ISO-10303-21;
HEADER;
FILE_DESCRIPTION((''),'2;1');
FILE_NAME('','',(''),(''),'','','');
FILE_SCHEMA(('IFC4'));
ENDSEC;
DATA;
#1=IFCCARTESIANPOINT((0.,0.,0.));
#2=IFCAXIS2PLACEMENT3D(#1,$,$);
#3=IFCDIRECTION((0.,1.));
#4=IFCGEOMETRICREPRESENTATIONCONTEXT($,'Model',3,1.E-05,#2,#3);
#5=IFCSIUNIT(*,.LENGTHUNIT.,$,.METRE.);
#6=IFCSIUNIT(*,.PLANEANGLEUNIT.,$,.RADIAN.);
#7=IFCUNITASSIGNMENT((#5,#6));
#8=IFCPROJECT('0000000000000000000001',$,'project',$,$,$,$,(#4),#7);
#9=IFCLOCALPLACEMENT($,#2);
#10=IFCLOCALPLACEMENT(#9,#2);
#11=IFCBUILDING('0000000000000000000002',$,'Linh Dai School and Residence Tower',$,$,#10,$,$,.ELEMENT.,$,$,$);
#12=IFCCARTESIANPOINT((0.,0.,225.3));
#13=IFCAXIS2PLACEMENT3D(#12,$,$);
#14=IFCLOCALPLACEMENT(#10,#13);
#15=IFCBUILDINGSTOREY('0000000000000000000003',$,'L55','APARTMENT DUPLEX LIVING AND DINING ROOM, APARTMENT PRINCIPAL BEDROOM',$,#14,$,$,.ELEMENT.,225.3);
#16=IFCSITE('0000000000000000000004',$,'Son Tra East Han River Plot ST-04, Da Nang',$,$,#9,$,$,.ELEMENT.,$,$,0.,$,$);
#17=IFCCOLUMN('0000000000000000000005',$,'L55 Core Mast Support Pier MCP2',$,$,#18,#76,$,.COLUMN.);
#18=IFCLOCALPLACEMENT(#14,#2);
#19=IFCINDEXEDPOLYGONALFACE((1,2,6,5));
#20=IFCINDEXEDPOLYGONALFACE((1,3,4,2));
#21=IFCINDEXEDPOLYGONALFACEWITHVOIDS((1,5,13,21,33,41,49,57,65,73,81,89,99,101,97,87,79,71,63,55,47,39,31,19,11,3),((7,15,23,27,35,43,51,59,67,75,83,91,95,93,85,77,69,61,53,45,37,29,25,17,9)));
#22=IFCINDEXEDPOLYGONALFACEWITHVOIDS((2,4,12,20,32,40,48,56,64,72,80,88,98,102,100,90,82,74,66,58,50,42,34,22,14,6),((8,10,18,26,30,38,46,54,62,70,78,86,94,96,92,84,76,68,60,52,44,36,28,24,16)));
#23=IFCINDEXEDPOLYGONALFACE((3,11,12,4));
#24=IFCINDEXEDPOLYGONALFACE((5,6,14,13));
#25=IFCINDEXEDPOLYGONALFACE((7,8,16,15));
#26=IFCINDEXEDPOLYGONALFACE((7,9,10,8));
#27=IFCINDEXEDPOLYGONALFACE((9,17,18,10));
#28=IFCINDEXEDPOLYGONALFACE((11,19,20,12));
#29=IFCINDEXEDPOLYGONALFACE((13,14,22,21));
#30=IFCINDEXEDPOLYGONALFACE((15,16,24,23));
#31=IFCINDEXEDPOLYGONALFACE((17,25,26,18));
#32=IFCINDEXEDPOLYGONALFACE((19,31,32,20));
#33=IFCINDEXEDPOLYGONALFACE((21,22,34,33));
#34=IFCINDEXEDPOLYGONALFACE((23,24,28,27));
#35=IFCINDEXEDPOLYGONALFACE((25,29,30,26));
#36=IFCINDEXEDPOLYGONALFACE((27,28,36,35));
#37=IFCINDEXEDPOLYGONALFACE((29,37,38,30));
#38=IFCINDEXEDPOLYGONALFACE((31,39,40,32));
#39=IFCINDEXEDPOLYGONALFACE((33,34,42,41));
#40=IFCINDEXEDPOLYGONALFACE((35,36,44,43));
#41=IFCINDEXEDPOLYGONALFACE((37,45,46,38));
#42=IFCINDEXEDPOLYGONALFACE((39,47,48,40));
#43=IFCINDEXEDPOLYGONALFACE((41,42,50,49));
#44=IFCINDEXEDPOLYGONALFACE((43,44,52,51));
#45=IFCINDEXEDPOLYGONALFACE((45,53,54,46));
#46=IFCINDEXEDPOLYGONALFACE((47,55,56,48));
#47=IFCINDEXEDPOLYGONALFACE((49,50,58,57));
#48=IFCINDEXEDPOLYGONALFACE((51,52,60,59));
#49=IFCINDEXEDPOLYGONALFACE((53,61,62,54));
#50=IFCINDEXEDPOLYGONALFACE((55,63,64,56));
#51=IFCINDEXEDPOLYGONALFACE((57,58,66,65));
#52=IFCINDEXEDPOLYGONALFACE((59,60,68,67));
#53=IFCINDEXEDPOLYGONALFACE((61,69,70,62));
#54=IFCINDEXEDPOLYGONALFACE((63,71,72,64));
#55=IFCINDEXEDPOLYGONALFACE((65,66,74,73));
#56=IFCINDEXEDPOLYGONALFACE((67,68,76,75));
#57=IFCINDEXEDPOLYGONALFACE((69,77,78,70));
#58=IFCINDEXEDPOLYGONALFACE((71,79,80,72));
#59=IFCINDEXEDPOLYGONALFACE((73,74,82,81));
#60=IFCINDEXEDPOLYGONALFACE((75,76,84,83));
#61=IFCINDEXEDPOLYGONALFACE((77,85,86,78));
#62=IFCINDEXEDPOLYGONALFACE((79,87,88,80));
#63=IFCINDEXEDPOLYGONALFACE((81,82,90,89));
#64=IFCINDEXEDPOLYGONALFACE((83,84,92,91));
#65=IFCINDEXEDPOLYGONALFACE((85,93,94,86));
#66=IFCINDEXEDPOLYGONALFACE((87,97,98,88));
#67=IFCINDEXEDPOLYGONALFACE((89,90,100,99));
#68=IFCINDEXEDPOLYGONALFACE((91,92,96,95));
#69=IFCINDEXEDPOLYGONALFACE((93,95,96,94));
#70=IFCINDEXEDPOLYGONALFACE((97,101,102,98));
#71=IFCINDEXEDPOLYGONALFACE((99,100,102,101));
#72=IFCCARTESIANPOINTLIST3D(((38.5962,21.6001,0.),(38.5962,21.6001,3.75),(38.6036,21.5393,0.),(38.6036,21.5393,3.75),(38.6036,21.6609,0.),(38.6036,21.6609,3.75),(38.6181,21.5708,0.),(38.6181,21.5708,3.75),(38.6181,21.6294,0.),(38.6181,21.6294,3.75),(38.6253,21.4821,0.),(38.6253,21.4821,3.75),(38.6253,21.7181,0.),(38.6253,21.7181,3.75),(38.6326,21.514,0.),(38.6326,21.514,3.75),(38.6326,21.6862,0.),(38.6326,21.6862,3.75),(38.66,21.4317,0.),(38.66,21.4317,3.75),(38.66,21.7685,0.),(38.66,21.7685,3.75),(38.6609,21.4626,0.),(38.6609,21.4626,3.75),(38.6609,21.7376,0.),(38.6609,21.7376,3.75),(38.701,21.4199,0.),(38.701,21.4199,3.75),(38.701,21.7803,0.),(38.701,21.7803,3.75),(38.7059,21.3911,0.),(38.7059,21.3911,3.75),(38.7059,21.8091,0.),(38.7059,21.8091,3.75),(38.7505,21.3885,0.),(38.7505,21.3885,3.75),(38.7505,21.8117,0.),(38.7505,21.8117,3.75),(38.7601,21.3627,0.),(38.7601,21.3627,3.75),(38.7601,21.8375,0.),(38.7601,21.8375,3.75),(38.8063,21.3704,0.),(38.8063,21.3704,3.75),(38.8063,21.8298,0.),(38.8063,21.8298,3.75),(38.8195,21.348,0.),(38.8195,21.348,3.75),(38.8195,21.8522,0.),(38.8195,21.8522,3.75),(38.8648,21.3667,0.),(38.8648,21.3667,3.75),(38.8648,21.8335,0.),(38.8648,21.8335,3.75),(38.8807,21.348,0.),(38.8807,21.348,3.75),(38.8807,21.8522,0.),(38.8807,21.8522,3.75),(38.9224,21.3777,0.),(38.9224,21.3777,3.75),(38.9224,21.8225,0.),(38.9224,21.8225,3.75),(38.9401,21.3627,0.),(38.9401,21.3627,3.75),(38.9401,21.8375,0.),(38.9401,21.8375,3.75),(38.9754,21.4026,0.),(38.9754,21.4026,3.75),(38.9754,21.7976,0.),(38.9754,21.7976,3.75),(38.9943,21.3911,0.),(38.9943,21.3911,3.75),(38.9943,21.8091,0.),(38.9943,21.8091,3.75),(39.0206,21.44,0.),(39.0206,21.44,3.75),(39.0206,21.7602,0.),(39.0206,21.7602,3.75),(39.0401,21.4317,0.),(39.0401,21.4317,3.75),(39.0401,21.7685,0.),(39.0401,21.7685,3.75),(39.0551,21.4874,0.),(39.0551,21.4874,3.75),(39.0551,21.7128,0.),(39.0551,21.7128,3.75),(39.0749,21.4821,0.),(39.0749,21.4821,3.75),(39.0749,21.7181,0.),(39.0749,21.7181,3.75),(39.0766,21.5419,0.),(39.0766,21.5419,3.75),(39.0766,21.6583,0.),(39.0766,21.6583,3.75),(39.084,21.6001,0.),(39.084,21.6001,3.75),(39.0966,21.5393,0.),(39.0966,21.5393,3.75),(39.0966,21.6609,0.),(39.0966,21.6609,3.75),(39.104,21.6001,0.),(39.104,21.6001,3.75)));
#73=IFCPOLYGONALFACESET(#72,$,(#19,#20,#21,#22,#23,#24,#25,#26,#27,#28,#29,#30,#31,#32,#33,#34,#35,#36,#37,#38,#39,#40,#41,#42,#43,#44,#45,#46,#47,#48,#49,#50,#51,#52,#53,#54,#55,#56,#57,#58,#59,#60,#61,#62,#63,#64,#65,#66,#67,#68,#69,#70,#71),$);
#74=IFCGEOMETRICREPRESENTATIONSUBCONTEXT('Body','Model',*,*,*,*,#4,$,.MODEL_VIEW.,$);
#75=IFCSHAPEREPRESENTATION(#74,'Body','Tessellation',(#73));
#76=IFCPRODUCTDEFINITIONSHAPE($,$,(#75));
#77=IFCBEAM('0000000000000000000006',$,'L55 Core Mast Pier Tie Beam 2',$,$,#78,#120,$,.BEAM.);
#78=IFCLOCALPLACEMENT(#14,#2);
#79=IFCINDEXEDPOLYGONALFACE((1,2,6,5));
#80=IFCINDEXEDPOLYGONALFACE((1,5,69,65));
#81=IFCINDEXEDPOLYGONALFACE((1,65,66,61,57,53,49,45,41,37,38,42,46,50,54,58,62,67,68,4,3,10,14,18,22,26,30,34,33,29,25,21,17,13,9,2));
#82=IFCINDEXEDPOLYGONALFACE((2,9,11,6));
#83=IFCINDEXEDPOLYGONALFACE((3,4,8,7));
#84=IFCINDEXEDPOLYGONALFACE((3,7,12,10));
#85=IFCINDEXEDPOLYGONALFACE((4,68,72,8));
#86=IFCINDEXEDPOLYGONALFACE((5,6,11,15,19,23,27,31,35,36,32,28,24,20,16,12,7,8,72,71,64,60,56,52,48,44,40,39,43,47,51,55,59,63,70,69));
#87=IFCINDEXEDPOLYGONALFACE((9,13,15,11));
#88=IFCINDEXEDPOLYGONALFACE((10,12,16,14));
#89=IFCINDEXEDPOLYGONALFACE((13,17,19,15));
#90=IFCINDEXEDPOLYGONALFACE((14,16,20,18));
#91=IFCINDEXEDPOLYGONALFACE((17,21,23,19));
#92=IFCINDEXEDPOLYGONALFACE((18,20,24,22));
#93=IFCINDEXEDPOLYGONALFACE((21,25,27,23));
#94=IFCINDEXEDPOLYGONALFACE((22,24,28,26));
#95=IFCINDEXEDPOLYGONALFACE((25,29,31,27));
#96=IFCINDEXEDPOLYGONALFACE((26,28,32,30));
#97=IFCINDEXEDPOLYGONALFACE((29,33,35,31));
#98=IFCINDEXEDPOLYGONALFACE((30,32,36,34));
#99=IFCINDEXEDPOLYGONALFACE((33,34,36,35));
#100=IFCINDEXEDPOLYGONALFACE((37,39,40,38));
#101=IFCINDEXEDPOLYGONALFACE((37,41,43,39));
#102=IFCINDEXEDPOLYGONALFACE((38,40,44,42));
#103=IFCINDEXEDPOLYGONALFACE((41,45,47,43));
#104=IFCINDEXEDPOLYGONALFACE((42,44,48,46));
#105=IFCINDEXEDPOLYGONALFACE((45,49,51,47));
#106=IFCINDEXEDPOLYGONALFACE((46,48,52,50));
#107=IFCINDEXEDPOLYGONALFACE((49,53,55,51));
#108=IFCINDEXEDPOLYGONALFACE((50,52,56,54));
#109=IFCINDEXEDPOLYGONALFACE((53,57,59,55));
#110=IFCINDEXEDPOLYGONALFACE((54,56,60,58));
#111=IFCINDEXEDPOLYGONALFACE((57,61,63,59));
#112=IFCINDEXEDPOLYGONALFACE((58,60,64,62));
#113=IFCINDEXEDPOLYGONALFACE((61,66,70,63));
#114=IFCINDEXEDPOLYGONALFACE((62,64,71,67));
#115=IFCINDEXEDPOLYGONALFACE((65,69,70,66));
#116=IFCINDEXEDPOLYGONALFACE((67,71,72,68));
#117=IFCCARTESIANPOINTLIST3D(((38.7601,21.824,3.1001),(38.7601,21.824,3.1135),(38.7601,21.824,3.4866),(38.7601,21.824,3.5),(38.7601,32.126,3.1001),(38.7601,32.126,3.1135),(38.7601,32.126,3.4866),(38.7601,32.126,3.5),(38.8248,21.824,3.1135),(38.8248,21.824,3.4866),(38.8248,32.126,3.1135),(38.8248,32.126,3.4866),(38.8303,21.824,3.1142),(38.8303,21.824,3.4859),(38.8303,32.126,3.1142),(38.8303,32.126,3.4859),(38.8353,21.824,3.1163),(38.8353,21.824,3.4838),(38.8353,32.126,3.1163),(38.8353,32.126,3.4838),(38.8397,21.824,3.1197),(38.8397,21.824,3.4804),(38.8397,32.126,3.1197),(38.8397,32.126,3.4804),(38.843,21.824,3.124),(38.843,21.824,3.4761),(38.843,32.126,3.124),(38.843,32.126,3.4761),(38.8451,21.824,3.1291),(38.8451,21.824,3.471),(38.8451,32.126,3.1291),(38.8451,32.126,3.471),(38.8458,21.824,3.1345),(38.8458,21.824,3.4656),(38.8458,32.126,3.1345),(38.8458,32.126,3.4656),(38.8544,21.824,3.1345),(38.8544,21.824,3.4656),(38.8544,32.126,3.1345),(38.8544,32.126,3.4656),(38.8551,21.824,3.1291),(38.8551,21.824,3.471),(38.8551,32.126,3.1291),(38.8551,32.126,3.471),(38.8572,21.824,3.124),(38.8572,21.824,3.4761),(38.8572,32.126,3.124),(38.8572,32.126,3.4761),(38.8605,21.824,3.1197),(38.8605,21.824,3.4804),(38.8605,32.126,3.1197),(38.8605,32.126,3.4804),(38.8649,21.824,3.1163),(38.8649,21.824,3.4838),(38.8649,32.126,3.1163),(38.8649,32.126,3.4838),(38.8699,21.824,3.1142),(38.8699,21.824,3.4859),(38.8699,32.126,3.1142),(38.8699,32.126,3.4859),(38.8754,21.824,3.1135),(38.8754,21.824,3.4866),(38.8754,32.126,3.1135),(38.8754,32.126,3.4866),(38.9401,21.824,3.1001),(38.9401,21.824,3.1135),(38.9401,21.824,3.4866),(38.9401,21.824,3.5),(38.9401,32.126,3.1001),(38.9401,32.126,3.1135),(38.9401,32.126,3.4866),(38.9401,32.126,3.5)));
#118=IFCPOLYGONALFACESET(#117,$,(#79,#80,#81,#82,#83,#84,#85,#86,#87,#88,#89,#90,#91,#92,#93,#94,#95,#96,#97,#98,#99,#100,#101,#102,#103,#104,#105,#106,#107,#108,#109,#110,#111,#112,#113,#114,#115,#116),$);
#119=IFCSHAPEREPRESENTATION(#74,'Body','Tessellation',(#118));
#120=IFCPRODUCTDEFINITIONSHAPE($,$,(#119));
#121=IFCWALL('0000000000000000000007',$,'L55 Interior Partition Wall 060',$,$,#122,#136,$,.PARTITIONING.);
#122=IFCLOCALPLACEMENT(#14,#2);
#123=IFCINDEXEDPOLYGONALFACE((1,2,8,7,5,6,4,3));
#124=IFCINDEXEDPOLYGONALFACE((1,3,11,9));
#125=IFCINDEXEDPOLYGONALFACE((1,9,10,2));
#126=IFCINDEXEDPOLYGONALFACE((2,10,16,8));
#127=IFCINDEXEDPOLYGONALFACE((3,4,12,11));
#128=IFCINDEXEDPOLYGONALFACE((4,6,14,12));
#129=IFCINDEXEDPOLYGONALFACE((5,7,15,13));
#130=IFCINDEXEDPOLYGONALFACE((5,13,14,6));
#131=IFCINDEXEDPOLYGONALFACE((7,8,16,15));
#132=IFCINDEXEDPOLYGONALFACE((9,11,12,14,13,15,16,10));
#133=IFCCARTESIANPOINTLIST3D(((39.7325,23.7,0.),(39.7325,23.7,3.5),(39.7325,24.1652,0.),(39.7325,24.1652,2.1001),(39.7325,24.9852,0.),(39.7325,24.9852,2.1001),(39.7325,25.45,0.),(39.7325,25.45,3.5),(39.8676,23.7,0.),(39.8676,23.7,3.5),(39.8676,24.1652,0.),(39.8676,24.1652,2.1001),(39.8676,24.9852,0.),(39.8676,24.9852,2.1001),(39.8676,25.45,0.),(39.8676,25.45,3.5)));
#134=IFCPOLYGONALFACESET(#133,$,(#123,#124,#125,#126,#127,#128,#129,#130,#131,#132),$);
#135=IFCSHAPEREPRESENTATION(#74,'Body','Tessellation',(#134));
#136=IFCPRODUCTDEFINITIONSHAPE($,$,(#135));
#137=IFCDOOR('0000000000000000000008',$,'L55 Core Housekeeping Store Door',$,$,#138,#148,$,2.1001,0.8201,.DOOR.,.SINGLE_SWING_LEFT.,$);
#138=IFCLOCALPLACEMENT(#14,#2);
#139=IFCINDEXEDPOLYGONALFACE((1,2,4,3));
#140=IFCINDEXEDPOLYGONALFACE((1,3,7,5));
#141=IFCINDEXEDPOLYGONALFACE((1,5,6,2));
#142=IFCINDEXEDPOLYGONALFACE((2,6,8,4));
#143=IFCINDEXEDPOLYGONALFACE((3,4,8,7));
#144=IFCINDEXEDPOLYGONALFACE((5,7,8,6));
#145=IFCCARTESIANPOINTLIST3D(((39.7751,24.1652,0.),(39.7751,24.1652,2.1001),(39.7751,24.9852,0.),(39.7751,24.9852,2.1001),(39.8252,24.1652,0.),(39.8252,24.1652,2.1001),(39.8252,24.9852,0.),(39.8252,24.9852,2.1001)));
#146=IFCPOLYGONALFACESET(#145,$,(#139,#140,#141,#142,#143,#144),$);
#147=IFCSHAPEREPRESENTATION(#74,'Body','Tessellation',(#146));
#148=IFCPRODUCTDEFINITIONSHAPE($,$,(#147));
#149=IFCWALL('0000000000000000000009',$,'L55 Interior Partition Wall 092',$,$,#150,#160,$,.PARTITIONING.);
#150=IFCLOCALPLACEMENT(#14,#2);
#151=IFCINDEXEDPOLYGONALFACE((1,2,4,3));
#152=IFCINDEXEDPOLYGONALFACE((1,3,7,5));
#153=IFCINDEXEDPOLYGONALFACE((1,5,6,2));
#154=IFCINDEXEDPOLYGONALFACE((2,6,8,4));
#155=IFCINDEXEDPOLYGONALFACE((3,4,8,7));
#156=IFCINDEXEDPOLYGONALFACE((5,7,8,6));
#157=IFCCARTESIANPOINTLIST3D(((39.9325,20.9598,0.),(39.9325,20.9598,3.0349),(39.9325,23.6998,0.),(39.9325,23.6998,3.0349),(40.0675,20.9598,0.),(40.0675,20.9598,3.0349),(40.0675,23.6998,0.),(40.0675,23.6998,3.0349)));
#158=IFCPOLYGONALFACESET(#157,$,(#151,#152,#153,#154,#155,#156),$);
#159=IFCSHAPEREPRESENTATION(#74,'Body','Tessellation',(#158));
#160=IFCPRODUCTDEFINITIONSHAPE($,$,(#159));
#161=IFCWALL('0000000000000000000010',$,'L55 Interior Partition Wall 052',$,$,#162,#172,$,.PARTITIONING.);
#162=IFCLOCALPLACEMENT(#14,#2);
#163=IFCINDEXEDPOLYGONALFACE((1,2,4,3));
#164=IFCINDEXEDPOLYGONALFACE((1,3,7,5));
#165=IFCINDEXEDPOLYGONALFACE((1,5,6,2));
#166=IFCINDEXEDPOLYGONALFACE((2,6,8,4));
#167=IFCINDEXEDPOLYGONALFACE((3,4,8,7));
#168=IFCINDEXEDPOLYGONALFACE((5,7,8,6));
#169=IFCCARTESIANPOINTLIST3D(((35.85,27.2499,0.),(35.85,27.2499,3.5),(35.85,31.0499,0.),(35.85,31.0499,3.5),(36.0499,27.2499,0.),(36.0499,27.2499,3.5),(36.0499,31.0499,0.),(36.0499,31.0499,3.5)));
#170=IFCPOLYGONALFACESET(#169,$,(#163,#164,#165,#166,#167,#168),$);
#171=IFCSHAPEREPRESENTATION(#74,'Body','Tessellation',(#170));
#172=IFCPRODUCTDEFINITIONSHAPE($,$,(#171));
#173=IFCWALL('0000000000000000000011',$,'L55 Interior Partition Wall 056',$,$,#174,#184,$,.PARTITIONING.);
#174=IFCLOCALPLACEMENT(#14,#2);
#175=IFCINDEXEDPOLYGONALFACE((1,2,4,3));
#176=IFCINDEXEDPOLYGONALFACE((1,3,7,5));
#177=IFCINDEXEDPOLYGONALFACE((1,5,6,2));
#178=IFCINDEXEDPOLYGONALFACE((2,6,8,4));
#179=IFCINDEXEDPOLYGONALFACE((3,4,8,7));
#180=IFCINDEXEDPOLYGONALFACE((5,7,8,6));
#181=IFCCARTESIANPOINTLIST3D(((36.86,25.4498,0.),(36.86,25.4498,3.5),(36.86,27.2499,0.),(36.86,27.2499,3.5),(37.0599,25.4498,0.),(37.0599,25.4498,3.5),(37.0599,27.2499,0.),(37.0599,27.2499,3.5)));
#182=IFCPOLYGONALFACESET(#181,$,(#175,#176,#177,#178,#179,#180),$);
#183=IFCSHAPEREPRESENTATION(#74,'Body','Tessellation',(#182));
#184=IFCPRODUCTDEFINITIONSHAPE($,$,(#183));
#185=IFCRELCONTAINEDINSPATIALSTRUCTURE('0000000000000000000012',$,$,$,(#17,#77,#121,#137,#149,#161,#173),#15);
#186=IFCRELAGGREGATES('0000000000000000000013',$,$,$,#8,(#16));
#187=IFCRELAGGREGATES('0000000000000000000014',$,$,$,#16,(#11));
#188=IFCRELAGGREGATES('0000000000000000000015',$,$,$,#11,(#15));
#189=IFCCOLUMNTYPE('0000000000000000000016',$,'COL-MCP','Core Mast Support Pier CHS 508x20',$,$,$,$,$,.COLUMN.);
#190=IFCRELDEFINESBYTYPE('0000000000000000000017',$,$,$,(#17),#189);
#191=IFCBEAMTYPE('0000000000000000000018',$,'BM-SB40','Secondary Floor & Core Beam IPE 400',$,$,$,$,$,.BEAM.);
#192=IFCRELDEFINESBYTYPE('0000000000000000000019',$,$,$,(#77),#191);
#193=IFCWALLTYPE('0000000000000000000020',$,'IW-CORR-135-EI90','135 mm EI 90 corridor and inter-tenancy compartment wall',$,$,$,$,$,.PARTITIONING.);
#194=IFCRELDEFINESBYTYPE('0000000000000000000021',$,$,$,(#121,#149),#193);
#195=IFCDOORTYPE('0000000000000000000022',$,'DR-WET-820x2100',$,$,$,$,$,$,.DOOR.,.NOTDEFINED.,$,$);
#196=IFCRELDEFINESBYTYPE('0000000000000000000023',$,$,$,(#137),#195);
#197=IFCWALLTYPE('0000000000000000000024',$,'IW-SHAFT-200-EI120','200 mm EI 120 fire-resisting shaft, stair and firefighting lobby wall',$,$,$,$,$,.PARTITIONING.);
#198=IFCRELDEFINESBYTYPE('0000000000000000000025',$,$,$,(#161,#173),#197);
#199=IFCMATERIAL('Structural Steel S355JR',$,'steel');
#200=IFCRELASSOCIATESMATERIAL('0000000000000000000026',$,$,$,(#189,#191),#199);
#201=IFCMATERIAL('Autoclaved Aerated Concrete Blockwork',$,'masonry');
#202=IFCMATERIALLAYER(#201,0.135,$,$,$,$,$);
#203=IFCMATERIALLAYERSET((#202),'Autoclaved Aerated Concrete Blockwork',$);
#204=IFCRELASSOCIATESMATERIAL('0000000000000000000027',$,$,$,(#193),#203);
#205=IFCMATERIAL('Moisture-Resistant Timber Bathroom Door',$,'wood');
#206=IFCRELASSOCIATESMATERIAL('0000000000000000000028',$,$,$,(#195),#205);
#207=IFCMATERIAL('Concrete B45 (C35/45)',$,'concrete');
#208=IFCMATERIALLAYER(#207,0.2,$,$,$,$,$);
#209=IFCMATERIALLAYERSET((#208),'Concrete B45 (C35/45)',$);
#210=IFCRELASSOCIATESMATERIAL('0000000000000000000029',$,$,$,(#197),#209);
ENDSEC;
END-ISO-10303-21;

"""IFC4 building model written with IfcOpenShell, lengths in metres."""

from ifc_helpers import new_model, si_unit, direction, frame, frame_2d, origin, origin_2d, place, context, subcontext, project, spatial, rectangle, hollow_circle, i_section, extrude, source, transform, mapped, material, layer, layer_set, material_profile, profile_set, type_object, element, fill, save


model = new_model("IFC4")

# Units and contexts
model_context = context("Model", 3, precision=1e-05, world=origin(), true_north=direction((0.0, 1.0)))
body_context = subcontext(model_context, "Body", "Model", "MODEL_VIEW")
ifc_project = project(units=[si_unit("LENGTHUNIT", "METRE"), si_unit("PLANEANGLEUNIT", "RADIAN")], contexts=[model_context])

# Site, building, storey
site_placement = place(None, origin())
site = spatial("IfcSite", under=ifc_project, at=site_placement, Name="Son Tra East Han River Plot ST-04, Da Nang", CompositionType="ELEMENT", RefElevation=0.0)
building_placement = place(site_placement, origin())
building = spatial("IfcBuilding", under=site, at=building_placement, Name="Linh Dai School and Residence Tower", CompositionType="ELEMENT")
storey_placement = place(building_placement, frame((0.0, 0.0, 225.3)))
storey = spatial("IfcBuildingStorey", under=building, at=storey_placement, Name="L55", Description="APARTMENT DUPLEX LIVING AND DINING ROOM, APARTMENT PRINCIPAL BEDROOM", CompositionType="ELEMENT", Elevation=225.3)

# Column
ifc_material_1 = material(Name="Structural Steel S355JR", Category="steel")
ifc_material_profile_1 = material_profile(ifc_material_1, hollow_circle(Radius=0.2539, WallThickness=0.02, at=origin_2d()), Name="CHS 508x20")
ifc_profile_set_1 = profile_set([ifc_material_profile_1], Name="Structural Steel S355JR")
column_type_1 = type_object("IfcColumnType", Name="COL-MCP", Description="Core Mast Support Pier CHS 508x20", PredefinedType="COLUMN", material=ifc_profile_set_1)
column_placement = place(storey_placement, frame((38.8501, 21.6001, 0.0), z_axis=(0.0, 0.0, 1.0), x_axis=(1.0, 0.0, 0.0)))
element("IfcColumn", 1, at=column_placement, inside=storey, type_object=column_type_1, Name="L55 Core Mast Support Pier MCP2", PredefinedType="COLUMN", context=body_context, shape_type="SweptSolid", body=[
    extrude(hollow_circle(Radius=0.2539, WallThickness=0.02, at=origin_2d()), origin(), (0.0, 0.0, 1.0), 3.75),
])

# Beam
ifc_material_profile_2 = material_profile(ifc_material_1, i_section(OverallWidth=0.1799, OverallDepth=0.3999, WebThickness=0.0085, FlangeThickness=0.0134, FilletRadius=0.021, at=origin_2d()), Name="IPE 400")
ifc_profile_set_2 = profile_set([ifc_material_profile_2], Name="Structural Steel S355JR")
beam_type = type_object("IfcBeamType", Name="BM-SB40", Description="Secondary Floor & Core Beam IPE 400", PredefinedType="BEAM", material=ifc_profile_set_2)
beam_placement = place(storey_placement, frame((38.8501, 21.824, 3.3), z_axis=(0.0, 1.0, 0.0), x_axis=(-1.0, 0.0, 0.0)))
element("IfcBeam", 2, at=beam_placement, inside=storey, type_object=beam_type, Name="L55 Core Mast Pier Tie Beam 2", PredefinedType="BEAM", context=body_context, shape_type="SweptSolid", body=[
    extrude(i_section(OverallWidth=0.1799, OverallDepth=0.3999, WebThickness=0.0085, FlangeThickness=0.0134, FilletRadius=0.021, at=origin_2d()), origin(), (0.0, 0.0, 1.0), 10.302),
])

# Wall, opening, door
ifc_material_2 = material(Name="Autoclaved Aerated Concrete Blockwork", Category="masonry")
ifc_layer_1 = layer(ifc_material_2, 0.135)
ifc_layer_set_1 = layer_set([ifc_layer_1], Name="Autoclaved Aerated Concrete Blockwork")
wall_type_1 = type_object("IfcWallType", Name="IW-CORR-135-EI90", Description="135 mm EI 90 corridor and inter-tenancy compartment wall", PredefinedType="PARTITIONING", material=ifc_layer_set_1)
wall_1_placement = place(storey_placement, frame((39.8, 23.7, 0.0), z_axis=(0.0, 0.0, 1.0), x_axis=(0.0, 1.0, 0.0)))
wall_1 = element("IfcWall", 3, at=wall_1_placement, inside=storey, type_object=wall_type_1, Name="L55 Interior Partition Wall 060", PredefinedType="PARTITIONING", context=body_context, shape_type="SweptSolid", body=[
    extrude(rectangle(XDim=1.75, YDim=0.135, at=frame_2d((0.875, 0.0))), origin(), (0.0, 0.0, 1.0), 3.5),
])
opening_placement = place(wall_1_placement, frame((0.4651, 0.0, 0.0)))
opening = element("IfcOpeningElement", 4, at=opening_placement, cuts=wall_1, PredefinedType="OPENING", context=body_context, shape_type="SweptSolid", body=[
    extrude(rectangle(XDim=0.8201, YDim=2.1001, at=origin_2d()), frame((0.4102, 0.0776, 1.05), z_axis=(0.0, -1.0, 0.0), x_axis=(1.0, 0.0, 0.0)), (0.0, 0.0, 1.0), 0.155),
])
ifc_material_3 = material(Name="Moisture-Resistant Timber Bathroom Door", Category="wood")
door_type = type_object("IfcDoorType", Name="DR-WET-820x2100", OperationType="NOTDEFINED", PredefinedType="DOOR", material=ifc_material_3)
shared_shape_1 = source(origin(), body_context, "Body", "SweptSolid", [
    extrude(rectangle(XDim=0.8201, YDim=2.1001, at=origin_2d()), frame((0.4102, 0.0249, 1.05), z_axis=(0.0, -1.0, 0.0), x_axis=(1.0, 0.0, 0.0)), (0.0, 0.0, 1.0), 0.05),
])
door_placement = place(opening_placement, origin())
door = element("IfcDoor", 5, at=door_placement, inside=storey, type_object=door_type, Name="L55 Core Housekeeping Store Door", OperationType="SINGLE_SWING_LEFT", OverallHeight=2.1001, OverallWidth=0.8201, PredefinedType="DOOR", context=body_context, shape_type="MappedRepresentation", body=[
    mapped(shared_shape_1, transform((0.0, 0.0, 0.0), x_axis=(1.0, 0.0, 0.0), y_axis=(0.0, 1.0, 0.0), z_axis=(0.0, 0.0, 1.0), scale=1.0)),
])
fill(opening, door)

# Walls
wall_2_placement = place(storey_placement, frame((40.0, 23.7, 0.0), z_axis=(0.0, 0.0, 1.0), x_axis=(0.0, -1.0, 0.0)))
element("IfcWall", 6, at=wall_2_placement, inside=storey, type_object=wall_type_1, Name="L55 Interior Partition Wall 092", PredefinedType="PARTITIONING", context=body_context, shape_type="SweptSolid", body=[
    extrude(rectangle(XDim=2.74, YDim=0.135, at=frame_2d((1.3701, 0.0))), origin(), (0.0, 0.0, 1.0), 3.0349),
])
ifc_material_4 = material(Name="Concrete B45 (C35/45)", Category="concrete")
ifc_layer_2 = layer(ifc_material_4, 0.2)
ifc_layer_set_2 = layer_set([ifc_layer_2], Name="Concrete B45 (C35/45)")
wall_type_2 = type_object("IfcWallType", Name="IW-SHAFT-200-EI120", Description="200 mm EI 120 fire-resisting shaft, stair and firefighting lobby wall", PredefinedType="PARTITIONING", material=ifc_layer_set_2)
wall_3_placement = place(storey_placement, frame((35.95, 27.25, 0.0), z_axis=(0.0, 0.0, 1.0), x_axis=(0.0, 1.0, 0.0)))
element("IfcWall", 7, at=wall_3_placement, inside=storey, type_object=wall_type_2, Name="L55 Interior Partition Wall 052", PredefinedType="PARTITIONING", context=body_context, shape_type="SweptSolid", body=[
    extrude(rectangle(XDim=3.8, YDim=0.2, at=frame_2d((1.8999, 0.0))), origin(), (0.0, 0.0, 1.0), 3.5),
])
wall_4_placement = place(storey_placement, frame((36.96, 25.45, 0.0), z_axis=(0.0, 0.0, 1.0), x_axis=(0.0, 1.0, 0.0)))
element("IfcWall", 8, at=wall_4_placement, inside=storey, type_object=wall_type_2, Name="L55 Interior Partition Wall 056", PredefinedType="PARTITIONING", context=body_context, shape_type="SweptSolid", body=[
    extrude(rectangle(XDim=1.8, YDim=0.2, at=frame_2d((0.8999, 0.0))), origin(), (0.0, 0.0, 1.0), 3.5),
])

save(model, "model.ifc")
